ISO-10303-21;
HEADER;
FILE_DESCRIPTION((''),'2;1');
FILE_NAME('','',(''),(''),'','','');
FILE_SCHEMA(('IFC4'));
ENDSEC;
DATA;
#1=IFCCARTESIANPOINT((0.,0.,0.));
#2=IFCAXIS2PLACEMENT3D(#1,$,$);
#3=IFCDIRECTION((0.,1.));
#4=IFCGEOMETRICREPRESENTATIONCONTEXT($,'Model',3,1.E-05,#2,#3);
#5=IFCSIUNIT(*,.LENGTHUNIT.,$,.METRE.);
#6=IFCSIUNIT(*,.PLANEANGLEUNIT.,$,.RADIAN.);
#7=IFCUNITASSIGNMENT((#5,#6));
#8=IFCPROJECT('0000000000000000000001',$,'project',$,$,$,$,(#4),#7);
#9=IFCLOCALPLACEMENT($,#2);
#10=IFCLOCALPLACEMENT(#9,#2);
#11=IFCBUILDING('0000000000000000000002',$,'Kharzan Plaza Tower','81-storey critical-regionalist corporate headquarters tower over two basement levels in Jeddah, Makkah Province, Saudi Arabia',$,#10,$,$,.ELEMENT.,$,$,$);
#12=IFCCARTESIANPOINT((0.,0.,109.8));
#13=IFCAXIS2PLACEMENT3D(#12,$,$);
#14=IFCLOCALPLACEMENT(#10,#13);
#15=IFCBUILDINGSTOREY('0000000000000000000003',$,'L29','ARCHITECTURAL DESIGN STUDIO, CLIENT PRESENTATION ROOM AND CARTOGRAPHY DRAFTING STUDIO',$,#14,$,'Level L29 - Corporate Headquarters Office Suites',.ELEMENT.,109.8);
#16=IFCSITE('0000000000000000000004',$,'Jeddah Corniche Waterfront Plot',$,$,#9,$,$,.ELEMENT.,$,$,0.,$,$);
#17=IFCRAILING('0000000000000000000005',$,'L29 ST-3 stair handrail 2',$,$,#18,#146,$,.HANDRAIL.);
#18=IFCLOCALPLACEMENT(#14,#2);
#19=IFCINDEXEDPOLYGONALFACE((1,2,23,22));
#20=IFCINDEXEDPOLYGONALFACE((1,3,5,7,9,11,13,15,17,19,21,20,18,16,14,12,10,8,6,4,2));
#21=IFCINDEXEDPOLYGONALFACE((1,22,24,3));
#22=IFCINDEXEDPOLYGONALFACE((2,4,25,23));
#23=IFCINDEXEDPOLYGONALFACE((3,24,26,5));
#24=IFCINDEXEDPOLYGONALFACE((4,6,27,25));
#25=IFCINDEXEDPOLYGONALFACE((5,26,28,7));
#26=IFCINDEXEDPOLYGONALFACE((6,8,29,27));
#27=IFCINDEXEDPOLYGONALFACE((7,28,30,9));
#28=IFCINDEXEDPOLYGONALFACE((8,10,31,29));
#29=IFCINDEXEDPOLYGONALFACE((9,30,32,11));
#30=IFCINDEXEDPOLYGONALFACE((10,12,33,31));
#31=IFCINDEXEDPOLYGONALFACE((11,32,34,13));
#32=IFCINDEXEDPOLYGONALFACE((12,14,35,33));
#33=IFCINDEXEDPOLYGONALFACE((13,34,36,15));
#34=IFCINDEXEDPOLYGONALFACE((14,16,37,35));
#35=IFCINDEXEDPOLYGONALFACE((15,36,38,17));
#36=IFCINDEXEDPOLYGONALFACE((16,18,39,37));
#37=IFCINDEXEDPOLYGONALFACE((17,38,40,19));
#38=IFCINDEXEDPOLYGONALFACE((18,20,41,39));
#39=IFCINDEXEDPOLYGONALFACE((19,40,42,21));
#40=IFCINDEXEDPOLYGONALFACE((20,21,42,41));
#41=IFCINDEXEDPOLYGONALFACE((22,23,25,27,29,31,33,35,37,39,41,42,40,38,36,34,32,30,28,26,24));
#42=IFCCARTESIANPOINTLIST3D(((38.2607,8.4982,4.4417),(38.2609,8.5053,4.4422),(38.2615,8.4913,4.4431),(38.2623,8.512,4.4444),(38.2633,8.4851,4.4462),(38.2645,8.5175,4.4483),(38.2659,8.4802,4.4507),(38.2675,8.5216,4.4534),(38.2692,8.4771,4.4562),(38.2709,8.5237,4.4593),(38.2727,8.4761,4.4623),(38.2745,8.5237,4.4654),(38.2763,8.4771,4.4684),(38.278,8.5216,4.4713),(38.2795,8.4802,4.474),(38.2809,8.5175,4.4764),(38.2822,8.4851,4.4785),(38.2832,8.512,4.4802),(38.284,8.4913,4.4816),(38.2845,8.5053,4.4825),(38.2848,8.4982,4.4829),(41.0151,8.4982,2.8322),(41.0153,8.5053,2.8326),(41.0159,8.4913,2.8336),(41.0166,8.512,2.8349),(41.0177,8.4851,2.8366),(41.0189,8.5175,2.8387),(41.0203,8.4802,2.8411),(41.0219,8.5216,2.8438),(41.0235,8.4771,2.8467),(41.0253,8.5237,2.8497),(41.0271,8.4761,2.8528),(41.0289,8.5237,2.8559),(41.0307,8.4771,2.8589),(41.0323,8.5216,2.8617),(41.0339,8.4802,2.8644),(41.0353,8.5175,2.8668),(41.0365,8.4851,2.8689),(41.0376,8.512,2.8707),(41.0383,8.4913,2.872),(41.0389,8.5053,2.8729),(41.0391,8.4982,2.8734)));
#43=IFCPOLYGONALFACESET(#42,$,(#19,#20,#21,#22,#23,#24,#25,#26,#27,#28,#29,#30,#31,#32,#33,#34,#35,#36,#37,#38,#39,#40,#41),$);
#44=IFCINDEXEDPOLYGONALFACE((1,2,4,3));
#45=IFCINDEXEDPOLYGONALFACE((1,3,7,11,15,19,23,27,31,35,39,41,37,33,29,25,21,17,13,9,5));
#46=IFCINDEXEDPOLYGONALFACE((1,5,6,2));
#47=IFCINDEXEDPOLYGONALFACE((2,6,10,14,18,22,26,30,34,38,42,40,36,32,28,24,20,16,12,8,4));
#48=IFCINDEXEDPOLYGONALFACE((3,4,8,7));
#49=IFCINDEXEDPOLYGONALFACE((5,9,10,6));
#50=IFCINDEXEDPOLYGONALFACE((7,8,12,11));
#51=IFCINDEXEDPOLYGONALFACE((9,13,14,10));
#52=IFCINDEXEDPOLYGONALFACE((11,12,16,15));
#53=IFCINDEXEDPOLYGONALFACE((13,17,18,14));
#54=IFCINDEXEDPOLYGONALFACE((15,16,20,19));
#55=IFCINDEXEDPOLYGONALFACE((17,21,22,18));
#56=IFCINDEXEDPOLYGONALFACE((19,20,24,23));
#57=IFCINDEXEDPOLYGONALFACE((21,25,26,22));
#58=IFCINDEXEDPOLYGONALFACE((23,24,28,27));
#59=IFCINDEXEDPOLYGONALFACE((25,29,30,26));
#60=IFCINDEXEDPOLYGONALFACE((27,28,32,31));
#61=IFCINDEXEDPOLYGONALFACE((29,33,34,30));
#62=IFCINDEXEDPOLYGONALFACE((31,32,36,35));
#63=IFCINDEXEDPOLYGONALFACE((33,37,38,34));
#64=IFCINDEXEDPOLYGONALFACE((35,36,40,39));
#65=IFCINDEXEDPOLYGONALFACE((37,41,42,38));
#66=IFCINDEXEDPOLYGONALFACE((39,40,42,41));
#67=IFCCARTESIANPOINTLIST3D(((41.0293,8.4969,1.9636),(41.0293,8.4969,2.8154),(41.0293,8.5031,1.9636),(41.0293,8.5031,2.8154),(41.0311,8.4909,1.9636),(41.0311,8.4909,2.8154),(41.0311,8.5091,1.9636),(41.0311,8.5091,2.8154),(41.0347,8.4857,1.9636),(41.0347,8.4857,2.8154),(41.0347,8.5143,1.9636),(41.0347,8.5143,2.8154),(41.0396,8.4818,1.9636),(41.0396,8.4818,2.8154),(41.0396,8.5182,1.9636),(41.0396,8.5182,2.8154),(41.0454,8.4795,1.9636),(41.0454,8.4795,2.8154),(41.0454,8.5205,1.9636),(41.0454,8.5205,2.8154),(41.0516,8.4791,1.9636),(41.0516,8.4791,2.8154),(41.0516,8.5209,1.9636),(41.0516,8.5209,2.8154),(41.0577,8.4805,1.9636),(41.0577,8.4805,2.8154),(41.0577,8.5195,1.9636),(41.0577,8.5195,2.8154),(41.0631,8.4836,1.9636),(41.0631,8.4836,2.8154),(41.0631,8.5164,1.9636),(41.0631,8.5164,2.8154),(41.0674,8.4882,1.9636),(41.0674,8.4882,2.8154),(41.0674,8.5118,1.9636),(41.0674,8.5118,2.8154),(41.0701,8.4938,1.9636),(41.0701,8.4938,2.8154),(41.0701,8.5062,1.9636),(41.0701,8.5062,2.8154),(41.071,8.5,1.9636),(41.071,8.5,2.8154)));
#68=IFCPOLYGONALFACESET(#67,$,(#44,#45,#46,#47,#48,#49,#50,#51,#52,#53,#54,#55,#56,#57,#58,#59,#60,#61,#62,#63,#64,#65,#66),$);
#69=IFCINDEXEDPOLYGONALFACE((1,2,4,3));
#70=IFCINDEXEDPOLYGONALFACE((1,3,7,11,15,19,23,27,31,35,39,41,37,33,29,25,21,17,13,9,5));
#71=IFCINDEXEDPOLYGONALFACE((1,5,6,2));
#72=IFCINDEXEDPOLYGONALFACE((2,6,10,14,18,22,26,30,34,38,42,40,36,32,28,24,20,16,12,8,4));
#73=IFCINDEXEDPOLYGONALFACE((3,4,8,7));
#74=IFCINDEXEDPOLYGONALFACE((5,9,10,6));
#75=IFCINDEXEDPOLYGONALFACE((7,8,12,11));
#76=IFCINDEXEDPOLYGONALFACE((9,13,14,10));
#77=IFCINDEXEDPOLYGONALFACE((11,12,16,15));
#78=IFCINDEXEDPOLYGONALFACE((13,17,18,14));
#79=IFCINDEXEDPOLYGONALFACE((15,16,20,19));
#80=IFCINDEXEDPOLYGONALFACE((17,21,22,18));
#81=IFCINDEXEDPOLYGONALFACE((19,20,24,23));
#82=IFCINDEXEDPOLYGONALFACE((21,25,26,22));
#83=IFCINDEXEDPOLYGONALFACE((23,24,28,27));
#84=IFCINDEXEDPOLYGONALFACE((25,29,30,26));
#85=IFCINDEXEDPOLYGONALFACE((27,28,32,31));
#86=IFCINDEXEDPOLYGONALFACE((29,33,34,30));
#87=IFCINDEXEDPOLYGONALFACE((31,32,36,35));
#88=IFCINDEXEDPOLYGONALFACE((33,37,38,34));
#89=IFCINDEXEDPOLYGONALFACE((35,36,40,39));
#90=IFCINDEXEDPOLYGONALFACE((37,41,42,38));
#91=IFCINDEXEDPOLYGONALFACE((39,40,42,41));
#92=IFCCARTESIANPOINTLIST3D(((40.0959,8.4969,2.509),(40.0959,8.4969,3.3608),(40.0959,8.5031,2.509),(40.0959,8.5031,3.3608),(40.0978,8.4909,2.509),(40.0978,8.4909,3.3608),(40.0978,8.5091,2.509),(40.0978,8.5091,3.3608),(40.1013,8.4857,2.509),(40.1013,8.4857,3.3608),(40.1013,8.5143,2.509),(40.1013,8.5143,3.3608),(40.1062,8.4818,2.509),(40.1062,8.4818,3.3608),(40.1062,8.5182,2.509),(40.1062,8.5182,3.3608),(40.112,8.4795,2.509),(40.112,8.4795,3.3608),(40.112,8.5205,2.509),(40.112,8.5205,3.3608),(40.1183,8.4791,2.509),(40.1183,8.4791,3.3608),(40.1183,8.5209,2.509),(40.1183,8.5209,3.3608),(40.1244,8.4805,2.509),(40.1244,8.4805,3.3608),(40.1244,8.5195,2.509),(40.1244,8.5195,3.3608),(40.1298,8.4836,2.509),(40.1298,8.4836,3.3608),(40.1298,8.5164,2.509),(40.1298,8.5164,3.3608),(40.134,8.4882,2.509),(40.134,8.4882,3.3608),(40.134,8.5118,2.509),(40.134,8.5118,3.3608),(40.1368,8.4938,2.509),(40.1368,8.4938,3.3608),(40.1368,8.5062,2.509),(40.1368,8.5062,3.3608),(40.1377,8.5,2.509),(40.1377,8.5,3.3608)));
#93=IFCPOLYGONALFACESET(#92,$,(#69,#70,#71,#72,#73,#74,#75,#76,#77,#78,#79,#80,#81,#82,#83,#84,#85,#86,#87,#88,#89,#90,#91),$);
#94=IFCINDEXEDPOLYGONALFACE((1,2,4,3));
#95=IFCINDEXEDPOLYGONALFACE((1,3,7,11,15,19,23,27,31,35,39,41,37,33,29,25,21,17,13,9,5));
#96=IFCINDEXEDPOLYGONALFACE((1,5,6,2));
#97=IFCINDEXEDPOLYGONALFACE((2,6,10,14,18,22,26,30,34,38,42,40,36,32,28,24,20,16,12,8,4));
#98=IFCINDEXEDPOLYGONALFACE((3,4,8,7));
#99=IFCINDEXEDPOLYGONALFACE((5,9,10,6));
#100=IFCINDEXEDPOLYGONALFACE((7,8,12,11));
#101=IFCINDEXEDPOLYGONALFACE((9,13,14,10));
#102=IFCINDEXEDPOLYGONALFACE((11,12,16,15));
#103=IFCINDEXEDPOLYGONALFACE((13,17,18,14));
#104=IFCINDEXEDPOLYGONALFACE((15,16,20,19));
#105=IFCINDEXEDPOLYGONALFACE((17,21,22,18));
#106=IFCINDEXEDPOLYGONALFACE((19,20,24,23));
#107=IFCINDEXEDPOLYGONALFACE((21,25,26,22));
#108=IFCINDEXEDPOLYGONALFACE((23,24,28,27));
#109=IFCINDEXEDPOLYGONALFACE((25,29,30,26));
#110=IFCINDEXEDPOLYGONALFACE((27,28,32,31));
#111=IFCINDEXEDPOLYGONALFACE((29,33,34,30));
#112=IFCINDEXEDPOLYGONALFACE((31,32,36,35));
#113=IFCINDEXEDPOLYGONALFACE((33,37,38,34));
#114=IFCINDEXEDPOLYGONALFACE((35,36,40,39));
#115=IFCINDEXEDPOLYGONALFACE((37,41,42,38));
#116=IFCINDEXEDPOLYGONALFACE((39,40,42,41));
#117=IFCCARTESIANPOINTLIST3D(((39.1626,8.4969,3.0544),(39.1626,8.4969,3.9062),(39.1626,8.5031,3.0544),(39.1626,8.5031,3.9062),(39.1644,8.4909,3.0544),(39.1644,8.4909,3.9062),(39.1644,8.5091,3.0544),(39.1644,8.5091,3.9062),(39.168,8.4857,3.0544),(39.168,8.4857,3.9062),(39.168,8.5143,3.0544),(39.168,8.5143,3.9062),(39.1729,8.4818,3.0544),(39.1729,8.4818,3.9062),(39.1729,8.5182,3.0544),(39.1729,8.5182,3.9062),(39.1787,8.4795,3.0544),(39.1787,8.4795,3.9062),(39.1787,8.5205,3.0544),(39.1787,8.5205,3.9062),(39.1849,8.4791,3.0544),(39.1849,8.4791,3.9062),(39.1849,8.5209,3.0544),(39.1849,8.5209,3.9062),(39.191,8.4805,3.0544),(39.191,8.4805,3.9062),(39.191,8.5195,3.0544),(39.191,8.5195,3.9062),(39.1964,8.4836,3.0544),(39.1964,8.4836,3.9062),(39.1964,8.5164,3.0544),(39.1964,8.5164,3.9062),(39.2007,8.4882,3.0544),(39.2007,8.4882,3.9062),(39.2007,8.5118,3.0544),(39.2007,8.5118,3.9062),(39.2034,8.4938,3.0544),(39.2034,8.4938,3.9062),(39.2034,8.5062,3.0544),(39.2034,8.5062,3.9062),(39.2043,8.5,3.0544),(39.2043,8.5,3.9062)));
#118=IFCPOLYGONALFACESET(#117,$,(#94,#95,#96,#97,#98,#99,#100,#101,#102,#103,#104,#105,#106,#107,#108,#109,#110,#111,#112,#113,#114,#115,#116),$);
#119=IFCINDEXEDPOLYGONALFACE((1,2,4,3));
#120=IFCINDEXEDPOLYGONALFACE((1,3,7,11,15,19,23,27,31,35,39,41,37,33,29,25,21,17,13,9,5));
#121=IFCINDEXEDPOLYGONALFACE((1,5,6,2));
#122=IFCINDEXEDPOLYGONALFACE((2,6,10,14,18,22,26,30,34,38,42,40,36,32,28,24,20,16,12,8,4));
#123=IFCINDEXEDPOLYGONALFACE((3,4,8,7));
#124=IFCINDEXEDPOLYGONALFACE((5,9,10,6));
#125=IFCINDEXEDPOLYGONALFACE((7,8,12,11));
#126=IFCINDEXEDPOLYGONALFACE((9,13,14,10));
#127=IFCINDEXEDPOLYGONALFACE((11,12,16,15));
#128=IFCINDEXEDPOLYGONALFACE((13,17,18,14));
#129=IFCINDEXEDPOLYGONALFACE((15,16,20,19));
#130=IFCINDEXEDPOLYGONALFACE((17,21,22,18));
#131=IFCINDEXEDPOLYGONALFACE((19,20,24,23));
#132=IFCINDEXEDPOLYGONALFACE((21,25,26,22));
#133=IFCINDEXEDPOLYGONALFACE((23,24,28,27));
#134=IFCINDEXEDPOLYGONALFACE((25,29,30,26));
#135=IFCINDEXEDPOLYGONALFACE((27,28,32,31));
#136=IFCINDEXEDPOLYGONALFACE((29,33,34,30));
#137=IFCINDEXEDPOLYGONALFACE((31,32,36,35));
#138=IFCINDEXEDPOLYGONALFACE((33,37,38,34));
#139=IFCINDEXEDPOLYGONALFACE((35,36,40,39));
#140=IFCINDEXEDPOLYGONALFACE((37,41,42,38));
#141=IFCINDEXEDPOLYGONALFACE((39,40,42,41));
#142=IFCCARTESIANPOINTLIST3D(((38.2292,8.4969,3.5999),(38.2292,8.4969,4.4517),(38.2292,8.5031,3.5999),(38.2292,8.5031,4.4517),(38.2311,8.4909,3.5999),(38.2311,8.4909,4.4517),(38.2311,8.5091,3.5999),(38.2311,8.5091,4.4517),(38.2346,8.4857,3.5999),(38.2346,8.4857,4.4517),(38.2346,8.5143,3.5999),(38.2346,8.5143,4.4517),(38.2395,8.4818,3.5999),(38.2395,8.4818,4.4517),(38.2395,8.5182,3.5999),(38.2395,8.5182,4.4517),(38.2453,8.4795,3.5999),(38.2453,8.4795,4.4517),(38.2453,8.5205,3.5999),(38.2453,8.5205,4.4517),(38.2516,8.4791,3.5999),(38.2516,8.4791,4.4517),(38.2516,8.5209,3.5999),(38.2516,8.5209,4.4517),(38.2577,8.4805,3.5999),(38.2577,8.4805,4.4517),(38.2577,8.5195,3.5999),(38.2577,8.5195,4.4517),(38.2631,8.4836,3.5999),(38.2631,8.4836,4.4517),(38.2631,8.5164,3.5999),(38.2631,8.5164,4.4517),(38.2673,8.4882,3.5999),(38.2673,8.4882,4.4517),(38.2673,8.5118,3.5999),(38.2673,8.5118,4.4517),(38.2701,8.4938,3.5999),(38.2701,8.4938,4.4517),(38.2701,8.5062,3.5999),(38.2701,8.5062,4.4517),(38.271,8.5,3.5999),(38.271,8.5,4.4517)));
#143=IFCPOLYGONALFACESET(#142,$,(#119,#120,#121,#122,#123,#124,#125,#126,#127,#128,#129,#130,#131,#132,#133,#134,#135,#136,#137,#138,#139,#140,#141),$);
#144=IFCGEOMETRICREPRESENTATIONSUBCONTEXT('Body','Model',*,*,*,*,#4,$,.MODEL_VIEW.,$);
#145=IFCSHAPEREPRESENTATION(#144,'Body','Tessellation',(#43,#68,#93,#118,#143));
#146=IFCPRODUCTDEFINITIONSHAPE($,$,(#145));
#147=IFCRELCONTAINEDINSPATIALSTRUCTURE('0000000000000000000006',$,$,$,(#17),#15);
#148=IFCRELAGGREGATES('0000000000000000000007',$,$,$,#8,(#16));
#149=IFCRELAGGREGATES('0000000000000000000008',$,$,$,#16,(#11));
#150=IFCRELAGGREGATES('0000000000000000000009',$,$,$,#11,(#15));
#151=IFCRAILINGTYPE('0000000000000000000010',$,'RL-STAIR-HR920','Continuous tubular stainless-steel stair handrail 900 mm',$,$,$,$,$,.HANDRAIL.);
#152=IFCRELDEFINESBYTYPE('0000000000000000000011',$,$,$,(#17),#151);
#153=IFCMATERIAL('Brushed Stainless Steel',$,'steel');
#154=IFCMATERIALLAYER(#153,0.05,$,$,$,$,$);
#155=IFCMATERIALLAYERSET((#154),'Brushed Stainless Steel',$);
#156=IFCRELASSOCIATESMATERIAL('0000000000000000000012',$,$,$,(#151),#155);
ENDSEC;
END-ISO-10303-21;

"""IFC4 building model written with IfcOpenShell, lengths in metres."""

from ifc_helpers import new_model, si_unit, direction, frame, origin, origin_2d, place, context, subcontext, project, spatial, circle, extrude, source, transform, mapped, material, layer, layer_set, type_object, element, save


model = new_model("IFC4")

# Units and contexts
model_context = context("Model", 3, precision=1e-05, world=origin(), true_north=direction((0.0, 1.0)))
body_context = subcontext(model_context, "Body", "Model", "MODEL_VIEW")
ifc_project = project(units=[si_unit("LENGTHUNIT", "METRE"), si_unit("PLANEANGLEUNIT", "RADIAN")], contexts=[model_context])

# Site, building, storey
site_placement = place(None, origin())
site = spatial("IfcSite", under=ifc_project, at=site_placement, Name="Jeddah Corniche Waterfront Plot", CompositionType="ELEMENT", RefElevation=0.0)
building_placement = place(site_placement, origin())
building = spatial("IfcBuilding", under=site, at=building_placement, Name="Kharzan Plaza Tower", Description="81-storey critical-regionalist corporate headquarters tower over two basement levels in Jeddah, Makkah Province, Saudi Arabia", CompositionType="ELEMENT")
storey_placement = place(building_placement, frame((0.0, 0.0, 109.8)))
storey = spatial("IfcBuildingStorey", under=building, at=storey_placement, Name="L29", Description="ARCHITECTURAL DESIGN STUDIO, CLIENT PRESENTATION ROOM AND CARTOGRAPHY DRAFTING STUDIO", LongName="Level L29 - Corporate Headquarters Office Suites", CompositionType="ELEMENT", Elevation=109.8)

# Shared definitions
ifc_material_1 = material(Name="Brushed Stainless Steel", Category="steel")

# Railing
ifc_layer_1 = layer(ifc_material_1, 0.05)
ifc_layer_set_1 = layer_set([ifc_layer_1], Name="Brushed Stainless Steel")
railing_type_1 = type_object("IfcRailingType", Name="RL-STAIR-HR920", Description="Continuous tubular stainless-steel stair handrail 900 mm", PredefinedType="HANDRAIL", material=ifc_layer_set_1)
shared_shape_1 = source(origin(), body_context, "Body", "SweptSolid", [
    extrude(circle(Radius=0.0239, at=origin_2d()), frame((-0.0229, 0.0, 0.8892), z_axis=(-0.863394, 0.0, 0.504531), x_axis=(0.0, -1.0, 0.0)), (0.0, 0.0, 1.0), 3.1902),
    extrude(circle(Radius=0.021, at=origin_2d()), origin(), (0.0, 0.0, 1.0), 0.8518),
    extrude(circle(Radius=0.021, at=origin_2d()), frame((-0.9333, 0.0, 0.5454)), (0.0, 0.0, 1.0), 0.8518),
    extrude(circle(Radius=0.021, at=origin_2d()), frame((-1.8667, 0.0, 1.0908)), (0.0, 0.0, 1.0), 0.8518),
    extrude(circle(Radius=0.021, at=origin_2d()), frame((-2.8, 0.0, 1.6362)), (0.0, 0.0, 1.0), 0.8518),
])
railing_1_placement = place(storey_placement, frame((41.05, 8.5, 1.9636)))
element("IfcRailing", 1, at=railing_1_placement, inside=storey, type_object=railing_type_1, Name="L29 ST-3 stair handrail 2", PredefinedType="HANDRAIL", context=body_context, shape_type="MappedRepresentation", body=[
    mapped(shared_shape_1, transform((0.0, 0.0, 0.0), x_axis=(1.0, 0.0, 0.0), y_axis=(0.0, 1.0, 0.0), z_axis=(0.0, 0.0, 1.0))),
])

save(model, "model.ifc")
